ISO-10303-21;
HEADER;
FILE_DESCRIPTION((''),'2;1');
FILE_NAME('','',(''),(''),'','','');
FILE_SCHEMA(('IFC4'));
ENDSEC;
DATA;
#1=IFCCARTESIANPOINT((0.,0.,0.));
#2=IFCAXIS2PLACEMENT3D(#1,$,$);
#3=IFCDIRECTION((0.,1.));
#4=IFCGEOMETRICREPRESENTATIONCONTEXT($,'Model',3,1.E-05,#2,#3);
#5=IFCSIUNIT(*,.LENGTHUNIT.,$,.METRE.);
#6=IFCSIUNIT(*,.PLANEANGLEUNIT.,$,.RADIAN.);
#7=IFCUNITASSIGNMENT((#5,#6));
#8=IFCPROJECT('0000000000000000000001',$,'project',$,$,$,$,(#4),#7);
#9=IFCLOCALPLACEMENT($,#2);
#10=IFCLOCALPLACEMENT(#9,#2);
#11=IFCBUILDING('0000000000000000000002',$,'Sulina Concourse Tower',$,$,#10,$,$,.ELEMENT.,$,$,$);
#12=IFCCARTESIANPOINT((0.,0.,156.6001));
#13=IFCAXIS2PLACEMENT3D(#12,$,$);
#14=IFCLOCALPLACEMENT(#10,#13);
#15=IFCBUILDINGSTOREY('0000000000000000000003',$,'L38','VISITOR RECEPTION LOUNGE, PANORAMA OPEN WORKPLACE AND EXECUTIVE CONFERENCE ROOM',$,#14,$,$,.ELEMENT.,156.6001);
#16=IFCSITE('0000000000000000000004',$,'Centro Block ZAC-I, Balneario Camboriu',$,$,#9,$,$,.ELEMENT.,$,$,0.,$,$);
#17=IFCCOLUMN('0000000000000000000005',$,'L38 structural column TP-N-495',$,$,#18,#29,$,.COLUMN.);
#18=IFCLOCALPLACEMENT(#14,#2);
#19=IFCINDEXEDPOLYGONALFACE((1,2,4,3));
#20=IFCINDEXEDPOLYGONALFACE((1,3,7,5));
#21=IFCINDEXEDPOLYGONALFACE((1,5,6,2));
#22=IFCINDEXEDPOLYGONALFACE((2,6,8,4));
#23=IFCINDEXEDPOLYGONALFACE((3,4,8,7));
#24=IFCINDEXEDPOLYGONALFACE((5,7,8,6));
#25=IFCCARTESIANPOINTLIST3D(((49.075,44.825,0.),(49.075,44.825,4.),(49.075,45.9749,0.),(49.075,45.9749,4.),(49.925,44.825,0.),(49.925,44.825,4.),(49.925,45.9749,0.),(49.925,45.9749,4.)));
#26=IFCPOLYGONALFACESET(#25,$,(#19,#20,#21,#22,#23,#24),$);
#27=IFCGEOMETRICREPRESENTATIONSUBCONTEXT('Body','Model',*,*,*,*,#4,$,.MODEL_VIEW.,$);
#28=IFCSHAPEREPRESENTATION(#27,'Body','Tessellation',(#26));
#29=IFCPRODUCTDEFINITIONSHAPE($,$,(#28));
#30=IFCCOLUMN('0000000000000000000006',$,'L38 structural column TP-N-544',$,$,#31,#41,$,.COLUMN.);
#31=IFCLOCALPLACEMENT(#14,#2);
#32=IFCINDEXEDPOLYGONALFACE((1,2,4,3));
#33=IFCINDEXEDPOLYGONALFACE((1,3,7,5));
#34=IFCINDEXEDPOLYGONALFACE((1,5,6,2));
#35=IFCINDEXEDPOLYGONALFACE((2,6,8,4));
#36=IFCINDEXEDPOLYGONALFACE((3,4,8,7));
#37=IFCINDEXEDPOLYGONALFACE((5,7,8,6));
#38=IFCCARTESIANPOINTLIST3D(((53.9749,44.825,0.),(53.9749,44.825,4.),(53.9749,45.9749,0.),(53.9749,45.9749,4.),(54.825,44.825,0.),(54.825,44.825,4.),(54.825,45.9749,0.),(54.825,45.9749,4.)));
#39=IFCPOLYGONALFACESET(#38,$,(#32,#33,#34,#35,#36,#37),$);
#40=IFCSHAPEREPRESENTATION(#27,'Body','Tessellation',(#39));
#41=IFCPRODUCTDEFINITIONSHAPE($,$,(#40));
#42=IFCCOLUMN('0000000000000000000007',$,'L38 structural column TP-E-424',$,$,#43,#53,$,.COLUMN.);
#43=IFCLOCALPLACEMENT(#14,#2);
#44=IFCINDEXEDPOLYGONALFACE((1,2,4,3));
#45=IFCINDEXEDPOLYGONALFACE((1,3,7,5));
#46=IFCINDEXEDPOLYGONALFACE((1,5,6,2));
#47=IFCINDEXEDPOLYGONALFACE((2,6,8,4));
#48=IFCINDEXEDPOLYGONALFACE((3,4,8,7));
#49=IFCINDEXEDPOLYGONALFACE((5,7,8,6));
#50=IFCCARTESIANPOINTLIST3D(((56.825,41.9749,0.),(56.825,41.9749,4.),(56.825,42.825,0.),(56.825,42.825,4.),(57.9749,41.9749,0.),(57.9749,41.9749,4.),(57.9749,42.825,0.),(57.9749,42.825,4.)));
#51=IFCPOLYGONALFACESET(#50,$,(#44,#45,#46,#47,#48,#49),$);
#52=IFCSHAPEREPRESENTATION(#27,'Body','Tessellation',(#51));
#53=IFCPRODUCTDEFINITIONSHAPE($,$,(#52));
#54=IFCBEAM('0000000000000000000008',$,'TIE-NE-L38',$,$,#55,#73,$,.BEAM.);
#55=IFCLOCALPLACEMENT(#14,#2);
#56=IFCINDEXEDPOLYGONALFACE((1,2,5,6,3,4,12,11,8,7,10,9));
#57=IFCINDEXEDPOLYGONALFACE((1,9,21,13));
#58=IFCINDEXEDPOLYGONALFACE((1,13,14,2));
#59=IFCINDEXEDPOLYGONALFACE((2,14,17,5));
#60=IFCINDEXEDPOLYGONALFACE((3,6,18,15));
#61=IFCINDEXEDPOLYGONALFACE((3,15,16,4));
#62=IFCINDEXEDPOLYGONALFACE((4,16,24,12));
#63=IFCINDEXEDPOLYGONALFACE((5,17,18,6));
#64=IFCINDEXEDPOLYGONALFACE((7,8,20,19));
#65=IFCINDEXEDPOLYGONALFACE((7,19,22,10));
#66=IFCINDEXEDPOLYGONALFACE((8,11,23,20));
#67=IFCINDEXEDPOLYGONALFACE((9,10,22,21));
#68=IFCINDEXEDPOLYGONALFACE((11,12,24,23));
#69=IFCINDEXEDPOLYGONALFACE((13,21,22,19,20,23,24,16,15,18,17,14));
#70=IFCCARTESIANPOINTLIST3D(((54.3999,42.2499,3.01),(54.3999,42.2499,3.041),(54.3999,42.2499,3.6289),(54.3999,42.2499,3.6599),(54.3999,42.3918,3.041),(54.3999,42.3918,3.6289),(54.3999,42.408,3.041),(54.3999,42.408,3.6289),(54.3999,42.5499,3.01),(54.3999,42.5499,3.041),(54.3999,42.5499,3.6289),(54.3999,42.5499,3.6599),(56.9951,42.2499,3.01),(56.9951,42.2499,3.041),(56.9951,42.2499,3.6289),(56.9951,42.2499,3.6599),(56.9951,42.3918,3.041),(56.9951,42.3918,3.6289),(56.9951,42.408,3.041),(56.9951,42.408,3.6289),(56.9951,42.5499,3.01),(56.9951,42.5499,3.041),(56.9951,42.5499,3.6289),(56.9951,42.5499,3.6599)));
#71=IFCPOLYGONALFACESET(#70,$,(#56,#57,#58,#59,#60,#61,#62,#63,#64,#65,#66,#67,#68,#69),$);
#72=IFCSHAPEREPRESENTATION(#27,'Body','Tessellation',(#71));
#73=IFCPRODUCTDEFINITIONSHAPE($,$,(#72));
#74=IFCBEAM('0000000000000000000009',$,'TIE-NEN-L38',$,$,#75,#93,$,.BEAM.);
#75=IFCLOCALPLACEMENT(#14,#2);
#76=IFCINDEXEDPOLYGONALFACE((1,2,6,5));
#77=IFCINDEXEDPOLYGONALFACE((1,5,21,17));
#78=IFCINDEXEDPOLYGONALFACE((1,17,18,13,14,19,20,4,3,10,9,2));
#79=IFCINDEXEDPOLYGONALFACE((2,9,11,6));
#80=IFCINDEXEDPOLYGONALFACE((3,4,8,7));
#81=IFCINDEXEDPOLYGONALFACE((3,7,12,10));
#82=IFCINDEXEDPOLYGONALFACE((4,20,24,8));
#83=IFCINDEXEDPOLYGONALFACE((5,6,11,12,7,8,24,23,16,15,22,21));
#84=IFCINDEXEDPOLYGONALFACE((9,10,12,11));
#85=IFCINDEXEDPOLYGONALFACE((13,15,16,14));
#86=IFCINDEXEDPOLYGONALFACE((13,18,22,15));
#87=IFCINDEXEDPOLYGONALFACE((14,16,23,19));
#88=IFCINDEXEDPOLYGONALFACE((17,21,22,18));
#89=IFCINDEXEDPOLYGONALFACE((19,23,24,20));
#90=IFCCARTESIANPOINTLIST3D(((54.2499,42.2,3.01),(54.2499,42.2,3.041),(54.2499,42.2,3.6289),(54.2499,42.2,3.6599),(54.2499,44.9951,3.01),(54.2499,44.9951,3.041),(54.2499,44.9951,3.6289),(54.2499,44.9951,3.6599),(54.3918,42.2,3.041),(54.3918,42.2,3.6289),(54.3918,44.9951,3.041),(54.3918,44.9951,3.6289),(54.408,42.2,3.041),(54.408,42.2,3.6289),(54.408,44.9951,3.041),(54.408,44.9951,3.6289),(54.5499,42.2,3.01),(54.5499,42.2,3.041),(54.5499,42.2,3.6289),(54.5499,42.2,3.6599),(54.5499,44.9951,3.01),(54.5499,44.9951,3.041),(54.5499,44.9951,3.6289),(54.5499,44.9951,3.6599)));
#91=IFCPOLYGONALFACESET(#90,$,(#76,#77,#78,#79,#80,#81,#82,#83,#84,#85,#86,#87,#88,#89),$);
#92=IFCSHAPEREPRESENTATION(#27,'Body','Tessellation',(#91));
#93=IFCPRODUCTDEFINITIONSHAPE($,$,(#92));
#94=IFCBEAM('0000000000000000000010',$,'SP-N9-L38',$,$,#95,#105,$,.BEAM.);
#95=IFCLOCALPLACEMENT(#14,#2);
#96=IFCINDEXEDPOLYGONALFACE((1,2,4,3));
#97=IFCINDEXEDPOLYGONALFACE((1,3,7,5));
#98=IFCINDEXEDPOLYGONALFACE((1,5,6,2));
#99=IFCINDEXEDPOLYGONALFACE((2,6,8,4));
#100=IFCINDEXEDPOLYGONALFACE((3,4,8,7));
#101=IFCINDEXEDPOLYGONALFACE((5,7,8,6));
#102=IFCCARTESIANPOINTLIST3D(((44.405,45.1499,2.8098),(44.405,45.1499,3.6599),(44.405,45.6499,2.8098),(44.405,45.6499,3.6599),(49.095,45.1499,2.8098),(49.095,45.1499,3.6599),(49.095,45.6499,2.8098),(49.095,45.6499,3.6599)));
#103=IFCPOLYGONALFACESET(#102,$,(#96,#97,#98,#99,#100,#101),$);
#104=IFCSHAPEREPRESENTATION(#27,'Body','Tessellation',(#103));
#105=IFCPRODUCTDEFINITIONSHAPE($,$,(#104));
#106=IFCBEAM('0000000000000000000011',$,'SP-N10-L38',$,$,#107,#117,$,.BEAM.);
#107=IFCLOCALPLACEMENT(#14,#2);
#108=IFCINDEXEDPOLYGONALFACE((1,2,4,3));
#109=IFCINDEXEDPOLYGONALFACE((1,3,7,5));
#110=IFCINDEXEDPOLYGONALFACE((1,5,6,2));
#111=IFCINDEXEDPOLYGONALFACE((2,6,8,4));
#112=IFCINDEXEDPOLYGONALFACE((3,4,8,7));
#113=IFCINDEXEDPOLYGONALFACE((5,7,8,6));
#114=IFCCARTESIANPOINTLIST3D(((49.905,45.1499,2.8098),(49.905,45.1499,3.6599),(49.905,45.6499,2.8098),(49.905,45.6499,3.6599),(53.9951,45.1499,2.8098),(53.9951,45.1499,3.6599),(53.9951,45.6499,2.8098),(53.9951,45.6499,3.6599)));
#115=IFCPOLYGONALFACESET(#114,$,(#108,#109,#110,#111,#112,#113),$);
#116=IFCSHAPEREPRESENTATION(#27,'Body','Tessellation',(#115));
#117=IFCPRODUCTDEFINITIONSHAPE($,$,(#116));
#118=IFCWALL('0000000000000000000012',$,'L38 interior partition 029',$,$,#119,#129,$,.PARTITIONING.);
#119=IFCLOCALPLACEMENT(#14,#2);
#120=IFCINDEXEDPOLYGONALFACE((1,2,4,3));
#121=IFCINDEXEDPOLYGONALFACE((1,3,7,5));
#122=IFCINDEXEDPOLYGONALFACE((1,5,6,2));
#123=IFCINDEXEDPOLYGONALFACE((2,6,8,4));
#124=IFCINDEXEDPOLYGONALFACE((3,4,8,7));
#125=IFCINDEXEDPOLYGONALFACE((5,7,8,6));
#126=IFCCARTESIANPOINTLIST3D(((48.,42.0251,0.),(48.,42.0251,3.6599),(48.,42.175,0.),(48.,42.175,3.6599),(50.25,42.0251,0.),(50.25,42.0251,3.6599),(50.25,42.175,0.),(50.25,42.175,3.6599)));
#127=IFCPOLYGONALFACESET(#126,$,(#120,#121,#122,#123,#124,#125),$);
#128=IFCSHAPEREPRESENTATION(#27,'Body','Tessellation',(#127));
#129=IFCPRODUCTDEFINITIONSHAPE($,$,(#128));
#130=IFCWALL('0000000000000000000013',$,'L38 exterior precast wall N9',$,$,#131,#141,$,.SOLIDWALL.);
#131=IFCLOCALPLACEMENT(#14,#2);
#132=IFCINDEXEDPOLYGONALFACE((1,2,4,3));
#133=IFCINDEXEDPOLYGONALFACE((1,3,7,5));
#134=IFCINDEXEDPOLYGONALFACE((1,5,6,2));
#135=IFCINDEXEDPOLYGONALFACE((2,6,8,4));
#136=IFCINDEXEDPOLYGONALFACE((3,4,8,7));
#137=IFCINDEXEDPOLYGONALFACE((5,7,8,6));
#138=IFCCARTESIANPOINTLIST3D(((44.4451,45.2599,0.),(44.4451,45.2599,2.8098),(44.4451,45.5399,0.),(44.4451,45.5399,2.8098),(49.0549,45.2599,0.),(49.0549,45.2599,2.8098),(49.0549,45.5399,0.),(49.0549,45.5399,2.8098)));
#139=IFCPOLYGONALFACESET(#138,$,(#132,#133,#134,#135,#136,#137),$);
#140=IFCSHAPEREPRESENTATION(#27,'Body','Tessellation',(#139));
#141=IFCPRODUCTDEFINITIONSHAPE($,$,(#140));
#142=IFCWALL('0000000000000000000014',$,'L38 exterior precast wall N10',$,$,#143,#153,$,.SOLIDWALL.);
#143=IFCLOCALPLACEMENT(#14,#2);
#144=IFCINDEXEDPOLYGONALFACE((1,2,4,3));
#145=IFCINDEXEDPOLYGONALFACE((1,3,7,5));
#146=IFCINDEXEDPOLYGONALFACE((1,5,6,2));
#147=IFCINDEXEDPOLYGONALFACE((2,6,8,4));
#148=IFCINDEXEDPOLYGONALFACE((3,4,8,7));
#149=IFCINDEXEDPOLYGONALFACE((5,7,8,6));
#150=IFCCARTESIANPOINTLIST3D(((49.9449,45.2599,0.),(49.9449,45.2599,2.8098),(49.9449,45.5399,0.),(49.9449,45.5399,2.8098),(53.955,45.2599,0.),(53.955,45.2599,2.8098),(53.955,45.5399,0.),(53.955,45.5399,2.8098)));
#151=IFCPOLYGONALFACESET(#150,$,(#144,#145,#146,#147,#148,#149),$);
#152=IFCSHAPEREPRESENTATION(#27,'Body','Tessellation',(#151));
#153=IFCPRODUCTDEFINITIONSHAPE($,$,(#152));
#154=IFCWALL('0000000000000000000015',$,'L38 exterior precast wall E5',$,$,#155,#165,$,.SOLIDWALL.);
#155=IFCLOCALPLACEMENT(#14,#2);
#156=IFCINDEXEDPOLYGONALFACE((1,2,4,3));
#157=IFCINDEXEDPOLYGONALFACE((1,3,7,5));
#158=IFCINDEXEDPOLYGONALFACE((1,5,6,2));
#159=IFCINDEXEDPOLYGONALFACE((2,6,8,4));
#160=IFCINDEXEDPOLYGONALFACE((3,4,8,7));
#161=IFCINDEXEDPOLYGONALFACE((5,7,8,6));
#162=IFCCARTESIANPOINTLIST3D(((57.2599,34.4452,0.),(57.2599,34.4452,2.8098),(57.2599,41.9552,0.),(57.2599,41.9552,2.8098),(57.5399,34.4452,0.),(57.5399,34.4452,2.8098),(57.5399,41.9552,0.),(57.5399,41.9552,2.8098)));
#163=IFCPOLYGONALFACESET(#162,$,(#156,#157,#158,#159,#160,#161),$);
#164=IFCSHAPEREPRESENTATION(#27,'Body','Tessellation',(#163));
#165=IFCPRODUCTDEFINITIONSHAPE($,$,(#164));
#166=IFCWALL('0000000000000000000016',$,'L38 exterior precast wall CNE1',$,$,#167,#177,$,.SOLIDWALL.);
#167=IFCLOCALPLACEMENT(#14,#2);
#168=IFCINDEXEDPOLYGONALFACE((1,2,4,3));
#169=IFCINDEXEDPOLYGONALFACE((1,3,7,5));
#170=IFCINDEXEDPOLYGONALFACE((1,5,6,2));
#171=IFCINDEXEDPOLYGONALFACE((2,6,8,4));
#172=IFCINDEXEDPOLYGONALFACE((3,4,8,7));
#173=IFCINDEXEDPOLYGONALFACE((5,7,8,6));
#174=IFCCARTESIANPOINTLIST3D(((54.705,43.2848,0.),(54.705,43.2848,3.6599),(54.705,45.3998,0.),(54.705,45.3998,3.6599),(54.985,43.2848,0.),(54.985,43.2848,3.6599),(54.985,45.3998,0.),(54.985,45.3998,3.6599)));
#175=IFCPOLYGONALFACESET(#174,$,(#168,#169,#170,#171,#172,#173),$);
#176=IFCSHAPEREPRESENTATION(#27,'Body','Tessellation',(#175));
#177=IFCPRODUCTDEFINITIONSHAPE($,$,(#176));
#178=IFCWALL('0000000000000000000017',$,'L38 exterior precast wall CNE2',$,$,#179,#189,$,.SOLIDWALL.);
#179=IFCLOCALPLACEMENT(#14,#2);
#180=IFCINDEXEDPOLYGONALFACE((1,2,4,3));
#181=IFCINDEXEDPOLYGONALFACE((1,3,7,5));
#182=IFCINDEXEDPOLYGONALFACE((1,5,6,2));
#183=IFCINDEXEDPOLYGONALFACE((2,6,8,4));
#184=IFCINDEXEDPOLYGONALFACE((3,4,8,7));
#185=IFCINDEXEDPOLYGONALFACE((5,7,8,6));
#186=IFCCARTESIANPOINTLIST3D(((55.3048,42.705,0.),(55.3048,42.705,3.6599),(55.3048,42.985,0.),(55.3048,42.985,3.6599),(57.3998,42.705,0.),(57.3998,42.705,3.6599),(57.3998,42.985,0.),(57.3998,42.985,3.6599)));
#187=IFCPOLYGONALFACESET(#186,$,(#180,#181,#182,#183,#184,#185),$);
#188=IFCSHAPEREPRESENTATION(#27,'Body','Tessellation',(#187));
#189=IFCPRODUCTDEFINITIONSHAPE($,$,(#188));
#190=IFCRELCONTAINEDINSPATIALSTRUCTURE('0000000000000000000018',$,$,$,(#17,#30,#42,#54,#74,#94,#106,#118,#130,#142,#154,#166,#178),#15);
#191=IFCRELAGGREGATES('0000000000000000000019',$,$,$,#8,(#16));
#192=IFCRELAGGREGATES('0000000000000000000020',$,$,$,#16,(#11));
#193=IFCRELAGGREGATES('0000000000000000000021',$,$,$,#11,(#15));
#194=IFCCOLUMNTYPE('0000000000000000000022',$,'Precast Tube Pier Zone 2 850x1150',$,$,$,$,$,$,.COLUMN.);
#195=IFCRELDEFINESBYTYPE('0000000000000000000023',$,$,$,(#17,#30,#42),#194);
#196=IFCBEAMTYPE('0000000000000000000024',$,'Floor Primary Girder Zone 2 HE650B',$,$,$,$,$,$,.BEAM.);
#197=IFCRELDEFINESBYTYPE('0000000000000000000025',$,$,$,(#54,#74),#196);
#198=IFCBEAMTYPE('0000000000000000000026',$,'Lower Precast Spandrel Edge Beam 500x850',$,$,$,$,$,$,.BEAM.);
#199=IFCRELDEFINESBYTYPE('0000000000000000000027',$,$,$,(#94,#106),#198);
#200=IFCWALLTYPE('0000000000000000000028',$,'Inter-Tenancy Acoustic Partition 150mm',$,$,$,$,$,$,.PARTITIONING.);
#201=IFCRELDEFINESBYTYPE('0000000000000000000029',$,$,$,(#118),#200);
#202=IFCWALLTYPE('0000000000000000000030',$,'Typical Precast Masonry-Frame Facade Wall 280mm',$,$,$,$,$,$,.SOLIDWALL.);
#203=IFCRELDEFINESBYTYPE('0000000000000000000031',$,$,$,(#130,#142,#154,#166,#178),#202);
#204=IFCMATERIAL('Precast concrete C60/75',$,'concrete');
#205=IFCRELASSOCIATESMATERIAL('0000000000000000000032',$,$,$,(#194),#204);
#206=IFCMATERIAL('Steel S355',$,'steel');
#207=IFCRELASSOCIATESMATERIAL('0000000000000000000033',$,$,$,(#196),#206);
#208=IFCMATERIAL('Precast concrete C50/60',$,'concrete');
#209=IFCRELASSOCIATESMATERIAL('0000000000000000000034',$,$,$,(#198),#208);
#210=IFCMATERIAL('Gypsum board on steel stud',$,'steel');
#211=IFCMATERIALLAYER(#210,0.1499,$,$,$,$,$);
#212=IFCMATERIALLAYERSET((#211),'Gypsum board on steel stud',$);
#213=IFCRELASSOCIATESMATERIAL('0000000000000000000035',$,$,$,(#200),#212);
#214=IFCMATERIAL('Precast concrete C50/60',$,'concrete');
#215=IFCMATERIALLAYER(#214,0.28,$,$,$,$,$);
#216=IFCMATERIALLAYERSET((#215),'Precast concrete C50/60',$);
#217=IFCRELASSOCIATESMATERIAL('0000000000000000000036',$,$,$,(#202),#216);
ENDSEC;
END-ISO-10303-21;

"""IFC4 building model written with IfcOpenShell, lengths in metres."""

from ifc_helpers import new_model, si_unit, direction, frame, frame_2d, origin, origin_2d, place, context, subcontext, project, spatial, rectangle, i_section, extrude, material, layer, layer_set, material_profile, profile_set, type_object, element, save


model = new_model("IFC4")

# Units and contexts
model_context = context("Model", 3, precision=1e-05, world=origin(), true_north=direction((0.0, 1.0)))
body_context = subcontext(model_context, "Body", "Model", "MODEL_VIEW")
ifc_project = project(units=[si_unit("LENGTHUNIT", "METRE"), si_unit("PLANEANGLEUNIT", "RADIAN")], contexts=[model_context])

# Site, building, storey
site_placement = place(None, origin())
site = spatial("IfcSite", under=ifc_project, at=site_placement, Name="Centro Block ZAC-I, Balneario Camboriu", CompositionType="ELEMENT", RefElevation=0.0)
building_placement = place(site_placement, origin())
building = spatial("IfcBuilding", under=site, at=building_placement, Name="Sulina Concourse Tower", CompositionType="ELEMENT")
storey_placement = place(building_placement, frame((0.0, 0.0, 156.6001)))
storey = spatial("IfcBuildingStorey", under=building, at=storey_placement, Name="L38", Description="VISITOR RECEPTION LOUNGE, PANORAMA OPEN WORKPLACE AND EXECUTIVE CONFERENCE ROOM", CompositionType="ELEMENT", Elevation=156.6001)

# Columns
ifc_material_1 = material(Name="Precast concrete C60/75", Category="concrete")
ifc_material_profile_1 = material_profile(ifc_material_1, rectangle(XDim=0.8501, YDim=1.1499, at=origin_2d()), Name="PC 850x1150")
ifc_profile_set_1 = profile_set([ifc_material_profile_1], Name="Precast concrete C60/75")
column_type = type_object("IfcColumnType", Name="Precast Tube Pier Zone 2 850x1150", PredefinedType="COLUMN", material=ifc_profile_set_1)
for number, where, z_axis, x_axis, name in (
    (1, (49.5, 45.3999, 0.0), (0.0, 0.0, 1.0), (1.0, 0.0, 0.0), "L38 structural column TP-N-495"),
    (2, (54.3999, 45.3999, 0.0), (0.0, 0.0, 1.0), (1.0, 0.0, 0.0), "L38 structural column TP-N-544"),
    (3, (57.3999, 42.3999, 0.0), (0.0, 0.0, 1.0), (0.0, 1.0, 0.0), "L38 structural column TP-E-424"),
):
    element("IfcColumn", number, at=place(storey_placement, frame(where, z_axis=z_axis, x_axis=x_axis)), inside=storey, type_object=column_type, Name=name, PredefinedType="COLUMN", context=body_context, shape_type="SweptSolid", body=[
        extrude(rectangle(XDim=0.8501, YDim=1.1499, at=origin_2d()), origin(), (0.0, 0.0, 1.0), 4.0),
    ])

# Beams
ifc_material_2 = material(Name="Steel S355", Category="steel")
ifc_material_profile_2 = material_profile(ifc_material_2, i_section(OverallWidth=0.3, OverallDepth=0.6499, WebThickness=0.0161, FlangeThickness=0.031, at=origin_2d()), Name="HE 650 B")
ifc_profile_set_2 = profile_set([ifc_material_profile_2], Name="Steel S355")
beam_type_1 = type_object("IfcBeamType", Name="Floor Primary Girder Zone 2 HE650B", PredefinedType="BEAM", material=ifc_profile_set_2)
beam_1_placement = place(storey_placement, frame((54.3999, 42.3999, 3.335), z_axis=(1.0, 0.0, 0.0), x_axis=(0.0, 1.0, 0.0)))
element("IfcBeam", 4, at=beam_1_placement, inside=storey, type_object=beam_type_1, Name="TIE-NE-L38", PredefinedType="BEAM", context=body_context, shape_type="SweptSolid", body=[
    extrude(i_section(OverallWidth=0.3, OverallDepth=0.6499, WebThickness=0.0161, FlangeThickness=0.031, at=origin_2d()), origin(), (0.0, 0.0, 1.0), 2.5952),
])
beam_2_placement = place(storey_placement, frame((54.3999, 42.2, 3.335), z_axis=(0.0, 1.0, 0.0), x_axis=(-1.0, 0.0, 0.0)))
element("IfcBeam", 5, at=beam_2_placement, inside=storey, type_object=beam_type_1, Name="TIE-NEN-L38", PredefinedType="BEAM", context=body_context, shape_type="SweptSolid", body=[
    extrude(i_section(OverallWidth=0.3, OverallDepth=0.6499, WebThickness=0.0161, FlangeThickness=0.031, at=origin_2d()), origin(), (0.0, 0.0, 1.0), 2.7952),
])
ifc_material_3 = material(Name="Precast concrete C50/60", Category="concrete")
ifc_material_profile_3 = material_profile(ifc_material_3, rectangle(XDim=0.5, YDim=0.8501, at=origin_2d()), Name="RC 500x850")
ifc_profile_set_3 = profile_set([ifc_material_profile_3], Name="Precast concrete C50/60")
beam_type_2 = type_object("IfcBeamType", Name="Lower Precast Spandrel Edge Beam 500x850", PredefinedType="BEAM", material=ifc_profile_set_3)
beam_3_placement = place(storey_placement, frame((44.405, 45.3999, 3.2349), z_axis=(1.0, 0.0, 0.0), x_axis=(0.0, 1.0, 0.0)))
element("IfcBeam", 6, at=beam_3_placement, inside=storey, type_object=beam_type_2, Name="SP-N9-L38", PredefinedType="BEAM", context=body_context, shape_type="SweptSolid", body=[
    extrude(rectangle(XDim=0.5, YDim=0.8501, at=origin_2d()), origin(), (0.0, 0.0, 1.0), 4.6899),
])
beam_4_placement = place(storey_placement, frame((49.905, 45.3999, 3.2349), z_axis=(1.0, 0.0, 0.0), x_axis=(0.0, 1.0, 0.0)))
element("IfcBeam", 7, at=beam_4_placement, inside=storey, type_object=beam_type_2, Name="SP-N10-L38", PredefinedType="BEAM", context=body_context, shape_type="SweptSolid", body=[
    extrude(rectangle(XDim=0.5, YDim=0.8501, at=origin_2d()), origin(), (0.0, 0.0, 1.0), 4.0901),
])

# Walls
ifc_material_4 = material(Name="Gypsum board on steel stud", Category="steel")
ifc_layer_1 = layer(ifc_material_4, 0.1499)
ifc_layer_set_1 = layer_set([ifc_layer_1], Name="Gypsum board on steel stud")
wall_type_1 = type_object("IfcWallType", Name="Inter-Tenancy Acoustic Partition 150mm", PredefinedType="PARTITIONING", material=ifc_layer_set_1)
wall_1_placement = place(storey_placement, frame((48.0, 42.1001, 0.0), z_axis=(0.0, 0.0, 1.0), x_axis=(1.0, 0.0, 0.0)))
element("IfcWall", 8, at=wall_1_placement, inside=storey, type_object=wall_type_1, Name="L38 interior partition 029", PredefinedType="PARTITIONING", context=body_context, shape_type="SweptSolid", body=[
    extrude(rectangle(XDim=2.25, YDim=0.1499, at=frame_2d((1.125, 0.0))), origin(), (0.0, 0.0, 1.0), 3.6599),
])
ifc_material_5 = material(Name="Precast concrete C50/60", Category="concrete")
ifc_layer_2 = layer(ifc_material_5, 0.28)
ifc_layer_set_2 = layer_set([ifc_layer_2], Name="Precast concrete C50/60")
wall_type_2 = type_object("IfcWallType", Name="Typical Precast Masonry-Frame Facade Wall 280mm", PredefinedType="SOLIDWALL", material=ifc_layer_set_2)
wall_2_placement = place(storey_placement, frame((44.4451, 45.3999, 0.0), z_axis=(0.0, 0.0, 1.0), x_axis=(1.0, 0.0, 0.0)))
element("IfcWall", 9, at=wall_2_placement, inside=storey, type_object=wall_type_2, Name="L38 exterior precast wall N9", PredefinedType="SOLIDWALL", context=body_context, shape_type="SweptSolid", body=[
    extrude(rectangle(XDim=4.6099, YDim=0.28, at=frame_2d((2.3049, 0.0))), origin(), (0.0, 0.0, 1.0), 2.8098),
])
wall_3_placement = place(storey_placement, frame((49.9451, 45.3999, 0.0), z_axis=(0.0, 0.0, 1.0), x_axis=(1.0, 0.0, 0.0)))
element("IfcWall", 10, at=wall_3_placement, inside=storey, type_object=wall_type_2, Name="L38 exterior precast wall N10", PredefinedType="SOLIDWALL", context=body_context, shape_type="SweptSolid", body=[
    extrude(rectangle(XDim=4.01, YDim=0.28, at=frame_2d((2.0049, 0.0))), origin(), (0.0, 0.0, 1.0), 2.8098),
])
wall_4_placement = place(storey_placement, frame((57.3999, 41.9551, 0.0), z_axis=(0.0, 0.0, 1.0), x_axis=(0.0, -1.0, 0.0)))
element("IfcWall", 11, at=wall_4_placement, inside=storey, type_object=wall_type_2, Name="L38 exterior precast wall E5", PredefinedType="SOLIDWALL", context=body_context, shape_type="SweptSolid", body=[
    extrude(rectangle(XDim=7.51, YDim=0.28, at=frame_2d((3.7549, 0.0))), origin(), (0.0, 0.0, 1.0), 2.8098),
])
wall_5_placement = place(storey_placement, frame((54.845, 45.3999, 0.0), z_axis=(0.0, 0.0, 1.0), x_axis=(0.0, -1.0, 0.0)))
element("IfcWall", 12, at=wall_5_placement, inside=storey, type_object=wall_type_2, Name="L38 exterior precast wall CNE1", PredefinedType="SOLIDWALL", context=body_context, shape_type="SweptSolid", body=[
    extrude(rectangle(XDim=2.115, YDim=0.28, at=frame_2d((1.0576, 0.0))), origin(), (0.0, 0.0, 1.0), 3.6599),
])
wall_6_placement = place(storey_placement, frame((55.3049, 42.845, 0.0), z_axis=(0.0, 0.0, 1.0), x_axis=(1.0, 0.0, 0.0)))
element("IfcWall", 13, at=wall_6_placement, inside=storey, type_object=wall_type_2, Name="L38 exterior precast wall CNE2", PredefinedType="SOLIDWALL", context=body_context, shape_type="SweptSolid", body=[
    extrude(rectangle(XDim=2.095, YDim=0.28, at=frame_2d((1.0474, 0.0))), origin(), (0.0, 0.0, 1.0), 3.6599),
])

save(model, "model.ifc")
